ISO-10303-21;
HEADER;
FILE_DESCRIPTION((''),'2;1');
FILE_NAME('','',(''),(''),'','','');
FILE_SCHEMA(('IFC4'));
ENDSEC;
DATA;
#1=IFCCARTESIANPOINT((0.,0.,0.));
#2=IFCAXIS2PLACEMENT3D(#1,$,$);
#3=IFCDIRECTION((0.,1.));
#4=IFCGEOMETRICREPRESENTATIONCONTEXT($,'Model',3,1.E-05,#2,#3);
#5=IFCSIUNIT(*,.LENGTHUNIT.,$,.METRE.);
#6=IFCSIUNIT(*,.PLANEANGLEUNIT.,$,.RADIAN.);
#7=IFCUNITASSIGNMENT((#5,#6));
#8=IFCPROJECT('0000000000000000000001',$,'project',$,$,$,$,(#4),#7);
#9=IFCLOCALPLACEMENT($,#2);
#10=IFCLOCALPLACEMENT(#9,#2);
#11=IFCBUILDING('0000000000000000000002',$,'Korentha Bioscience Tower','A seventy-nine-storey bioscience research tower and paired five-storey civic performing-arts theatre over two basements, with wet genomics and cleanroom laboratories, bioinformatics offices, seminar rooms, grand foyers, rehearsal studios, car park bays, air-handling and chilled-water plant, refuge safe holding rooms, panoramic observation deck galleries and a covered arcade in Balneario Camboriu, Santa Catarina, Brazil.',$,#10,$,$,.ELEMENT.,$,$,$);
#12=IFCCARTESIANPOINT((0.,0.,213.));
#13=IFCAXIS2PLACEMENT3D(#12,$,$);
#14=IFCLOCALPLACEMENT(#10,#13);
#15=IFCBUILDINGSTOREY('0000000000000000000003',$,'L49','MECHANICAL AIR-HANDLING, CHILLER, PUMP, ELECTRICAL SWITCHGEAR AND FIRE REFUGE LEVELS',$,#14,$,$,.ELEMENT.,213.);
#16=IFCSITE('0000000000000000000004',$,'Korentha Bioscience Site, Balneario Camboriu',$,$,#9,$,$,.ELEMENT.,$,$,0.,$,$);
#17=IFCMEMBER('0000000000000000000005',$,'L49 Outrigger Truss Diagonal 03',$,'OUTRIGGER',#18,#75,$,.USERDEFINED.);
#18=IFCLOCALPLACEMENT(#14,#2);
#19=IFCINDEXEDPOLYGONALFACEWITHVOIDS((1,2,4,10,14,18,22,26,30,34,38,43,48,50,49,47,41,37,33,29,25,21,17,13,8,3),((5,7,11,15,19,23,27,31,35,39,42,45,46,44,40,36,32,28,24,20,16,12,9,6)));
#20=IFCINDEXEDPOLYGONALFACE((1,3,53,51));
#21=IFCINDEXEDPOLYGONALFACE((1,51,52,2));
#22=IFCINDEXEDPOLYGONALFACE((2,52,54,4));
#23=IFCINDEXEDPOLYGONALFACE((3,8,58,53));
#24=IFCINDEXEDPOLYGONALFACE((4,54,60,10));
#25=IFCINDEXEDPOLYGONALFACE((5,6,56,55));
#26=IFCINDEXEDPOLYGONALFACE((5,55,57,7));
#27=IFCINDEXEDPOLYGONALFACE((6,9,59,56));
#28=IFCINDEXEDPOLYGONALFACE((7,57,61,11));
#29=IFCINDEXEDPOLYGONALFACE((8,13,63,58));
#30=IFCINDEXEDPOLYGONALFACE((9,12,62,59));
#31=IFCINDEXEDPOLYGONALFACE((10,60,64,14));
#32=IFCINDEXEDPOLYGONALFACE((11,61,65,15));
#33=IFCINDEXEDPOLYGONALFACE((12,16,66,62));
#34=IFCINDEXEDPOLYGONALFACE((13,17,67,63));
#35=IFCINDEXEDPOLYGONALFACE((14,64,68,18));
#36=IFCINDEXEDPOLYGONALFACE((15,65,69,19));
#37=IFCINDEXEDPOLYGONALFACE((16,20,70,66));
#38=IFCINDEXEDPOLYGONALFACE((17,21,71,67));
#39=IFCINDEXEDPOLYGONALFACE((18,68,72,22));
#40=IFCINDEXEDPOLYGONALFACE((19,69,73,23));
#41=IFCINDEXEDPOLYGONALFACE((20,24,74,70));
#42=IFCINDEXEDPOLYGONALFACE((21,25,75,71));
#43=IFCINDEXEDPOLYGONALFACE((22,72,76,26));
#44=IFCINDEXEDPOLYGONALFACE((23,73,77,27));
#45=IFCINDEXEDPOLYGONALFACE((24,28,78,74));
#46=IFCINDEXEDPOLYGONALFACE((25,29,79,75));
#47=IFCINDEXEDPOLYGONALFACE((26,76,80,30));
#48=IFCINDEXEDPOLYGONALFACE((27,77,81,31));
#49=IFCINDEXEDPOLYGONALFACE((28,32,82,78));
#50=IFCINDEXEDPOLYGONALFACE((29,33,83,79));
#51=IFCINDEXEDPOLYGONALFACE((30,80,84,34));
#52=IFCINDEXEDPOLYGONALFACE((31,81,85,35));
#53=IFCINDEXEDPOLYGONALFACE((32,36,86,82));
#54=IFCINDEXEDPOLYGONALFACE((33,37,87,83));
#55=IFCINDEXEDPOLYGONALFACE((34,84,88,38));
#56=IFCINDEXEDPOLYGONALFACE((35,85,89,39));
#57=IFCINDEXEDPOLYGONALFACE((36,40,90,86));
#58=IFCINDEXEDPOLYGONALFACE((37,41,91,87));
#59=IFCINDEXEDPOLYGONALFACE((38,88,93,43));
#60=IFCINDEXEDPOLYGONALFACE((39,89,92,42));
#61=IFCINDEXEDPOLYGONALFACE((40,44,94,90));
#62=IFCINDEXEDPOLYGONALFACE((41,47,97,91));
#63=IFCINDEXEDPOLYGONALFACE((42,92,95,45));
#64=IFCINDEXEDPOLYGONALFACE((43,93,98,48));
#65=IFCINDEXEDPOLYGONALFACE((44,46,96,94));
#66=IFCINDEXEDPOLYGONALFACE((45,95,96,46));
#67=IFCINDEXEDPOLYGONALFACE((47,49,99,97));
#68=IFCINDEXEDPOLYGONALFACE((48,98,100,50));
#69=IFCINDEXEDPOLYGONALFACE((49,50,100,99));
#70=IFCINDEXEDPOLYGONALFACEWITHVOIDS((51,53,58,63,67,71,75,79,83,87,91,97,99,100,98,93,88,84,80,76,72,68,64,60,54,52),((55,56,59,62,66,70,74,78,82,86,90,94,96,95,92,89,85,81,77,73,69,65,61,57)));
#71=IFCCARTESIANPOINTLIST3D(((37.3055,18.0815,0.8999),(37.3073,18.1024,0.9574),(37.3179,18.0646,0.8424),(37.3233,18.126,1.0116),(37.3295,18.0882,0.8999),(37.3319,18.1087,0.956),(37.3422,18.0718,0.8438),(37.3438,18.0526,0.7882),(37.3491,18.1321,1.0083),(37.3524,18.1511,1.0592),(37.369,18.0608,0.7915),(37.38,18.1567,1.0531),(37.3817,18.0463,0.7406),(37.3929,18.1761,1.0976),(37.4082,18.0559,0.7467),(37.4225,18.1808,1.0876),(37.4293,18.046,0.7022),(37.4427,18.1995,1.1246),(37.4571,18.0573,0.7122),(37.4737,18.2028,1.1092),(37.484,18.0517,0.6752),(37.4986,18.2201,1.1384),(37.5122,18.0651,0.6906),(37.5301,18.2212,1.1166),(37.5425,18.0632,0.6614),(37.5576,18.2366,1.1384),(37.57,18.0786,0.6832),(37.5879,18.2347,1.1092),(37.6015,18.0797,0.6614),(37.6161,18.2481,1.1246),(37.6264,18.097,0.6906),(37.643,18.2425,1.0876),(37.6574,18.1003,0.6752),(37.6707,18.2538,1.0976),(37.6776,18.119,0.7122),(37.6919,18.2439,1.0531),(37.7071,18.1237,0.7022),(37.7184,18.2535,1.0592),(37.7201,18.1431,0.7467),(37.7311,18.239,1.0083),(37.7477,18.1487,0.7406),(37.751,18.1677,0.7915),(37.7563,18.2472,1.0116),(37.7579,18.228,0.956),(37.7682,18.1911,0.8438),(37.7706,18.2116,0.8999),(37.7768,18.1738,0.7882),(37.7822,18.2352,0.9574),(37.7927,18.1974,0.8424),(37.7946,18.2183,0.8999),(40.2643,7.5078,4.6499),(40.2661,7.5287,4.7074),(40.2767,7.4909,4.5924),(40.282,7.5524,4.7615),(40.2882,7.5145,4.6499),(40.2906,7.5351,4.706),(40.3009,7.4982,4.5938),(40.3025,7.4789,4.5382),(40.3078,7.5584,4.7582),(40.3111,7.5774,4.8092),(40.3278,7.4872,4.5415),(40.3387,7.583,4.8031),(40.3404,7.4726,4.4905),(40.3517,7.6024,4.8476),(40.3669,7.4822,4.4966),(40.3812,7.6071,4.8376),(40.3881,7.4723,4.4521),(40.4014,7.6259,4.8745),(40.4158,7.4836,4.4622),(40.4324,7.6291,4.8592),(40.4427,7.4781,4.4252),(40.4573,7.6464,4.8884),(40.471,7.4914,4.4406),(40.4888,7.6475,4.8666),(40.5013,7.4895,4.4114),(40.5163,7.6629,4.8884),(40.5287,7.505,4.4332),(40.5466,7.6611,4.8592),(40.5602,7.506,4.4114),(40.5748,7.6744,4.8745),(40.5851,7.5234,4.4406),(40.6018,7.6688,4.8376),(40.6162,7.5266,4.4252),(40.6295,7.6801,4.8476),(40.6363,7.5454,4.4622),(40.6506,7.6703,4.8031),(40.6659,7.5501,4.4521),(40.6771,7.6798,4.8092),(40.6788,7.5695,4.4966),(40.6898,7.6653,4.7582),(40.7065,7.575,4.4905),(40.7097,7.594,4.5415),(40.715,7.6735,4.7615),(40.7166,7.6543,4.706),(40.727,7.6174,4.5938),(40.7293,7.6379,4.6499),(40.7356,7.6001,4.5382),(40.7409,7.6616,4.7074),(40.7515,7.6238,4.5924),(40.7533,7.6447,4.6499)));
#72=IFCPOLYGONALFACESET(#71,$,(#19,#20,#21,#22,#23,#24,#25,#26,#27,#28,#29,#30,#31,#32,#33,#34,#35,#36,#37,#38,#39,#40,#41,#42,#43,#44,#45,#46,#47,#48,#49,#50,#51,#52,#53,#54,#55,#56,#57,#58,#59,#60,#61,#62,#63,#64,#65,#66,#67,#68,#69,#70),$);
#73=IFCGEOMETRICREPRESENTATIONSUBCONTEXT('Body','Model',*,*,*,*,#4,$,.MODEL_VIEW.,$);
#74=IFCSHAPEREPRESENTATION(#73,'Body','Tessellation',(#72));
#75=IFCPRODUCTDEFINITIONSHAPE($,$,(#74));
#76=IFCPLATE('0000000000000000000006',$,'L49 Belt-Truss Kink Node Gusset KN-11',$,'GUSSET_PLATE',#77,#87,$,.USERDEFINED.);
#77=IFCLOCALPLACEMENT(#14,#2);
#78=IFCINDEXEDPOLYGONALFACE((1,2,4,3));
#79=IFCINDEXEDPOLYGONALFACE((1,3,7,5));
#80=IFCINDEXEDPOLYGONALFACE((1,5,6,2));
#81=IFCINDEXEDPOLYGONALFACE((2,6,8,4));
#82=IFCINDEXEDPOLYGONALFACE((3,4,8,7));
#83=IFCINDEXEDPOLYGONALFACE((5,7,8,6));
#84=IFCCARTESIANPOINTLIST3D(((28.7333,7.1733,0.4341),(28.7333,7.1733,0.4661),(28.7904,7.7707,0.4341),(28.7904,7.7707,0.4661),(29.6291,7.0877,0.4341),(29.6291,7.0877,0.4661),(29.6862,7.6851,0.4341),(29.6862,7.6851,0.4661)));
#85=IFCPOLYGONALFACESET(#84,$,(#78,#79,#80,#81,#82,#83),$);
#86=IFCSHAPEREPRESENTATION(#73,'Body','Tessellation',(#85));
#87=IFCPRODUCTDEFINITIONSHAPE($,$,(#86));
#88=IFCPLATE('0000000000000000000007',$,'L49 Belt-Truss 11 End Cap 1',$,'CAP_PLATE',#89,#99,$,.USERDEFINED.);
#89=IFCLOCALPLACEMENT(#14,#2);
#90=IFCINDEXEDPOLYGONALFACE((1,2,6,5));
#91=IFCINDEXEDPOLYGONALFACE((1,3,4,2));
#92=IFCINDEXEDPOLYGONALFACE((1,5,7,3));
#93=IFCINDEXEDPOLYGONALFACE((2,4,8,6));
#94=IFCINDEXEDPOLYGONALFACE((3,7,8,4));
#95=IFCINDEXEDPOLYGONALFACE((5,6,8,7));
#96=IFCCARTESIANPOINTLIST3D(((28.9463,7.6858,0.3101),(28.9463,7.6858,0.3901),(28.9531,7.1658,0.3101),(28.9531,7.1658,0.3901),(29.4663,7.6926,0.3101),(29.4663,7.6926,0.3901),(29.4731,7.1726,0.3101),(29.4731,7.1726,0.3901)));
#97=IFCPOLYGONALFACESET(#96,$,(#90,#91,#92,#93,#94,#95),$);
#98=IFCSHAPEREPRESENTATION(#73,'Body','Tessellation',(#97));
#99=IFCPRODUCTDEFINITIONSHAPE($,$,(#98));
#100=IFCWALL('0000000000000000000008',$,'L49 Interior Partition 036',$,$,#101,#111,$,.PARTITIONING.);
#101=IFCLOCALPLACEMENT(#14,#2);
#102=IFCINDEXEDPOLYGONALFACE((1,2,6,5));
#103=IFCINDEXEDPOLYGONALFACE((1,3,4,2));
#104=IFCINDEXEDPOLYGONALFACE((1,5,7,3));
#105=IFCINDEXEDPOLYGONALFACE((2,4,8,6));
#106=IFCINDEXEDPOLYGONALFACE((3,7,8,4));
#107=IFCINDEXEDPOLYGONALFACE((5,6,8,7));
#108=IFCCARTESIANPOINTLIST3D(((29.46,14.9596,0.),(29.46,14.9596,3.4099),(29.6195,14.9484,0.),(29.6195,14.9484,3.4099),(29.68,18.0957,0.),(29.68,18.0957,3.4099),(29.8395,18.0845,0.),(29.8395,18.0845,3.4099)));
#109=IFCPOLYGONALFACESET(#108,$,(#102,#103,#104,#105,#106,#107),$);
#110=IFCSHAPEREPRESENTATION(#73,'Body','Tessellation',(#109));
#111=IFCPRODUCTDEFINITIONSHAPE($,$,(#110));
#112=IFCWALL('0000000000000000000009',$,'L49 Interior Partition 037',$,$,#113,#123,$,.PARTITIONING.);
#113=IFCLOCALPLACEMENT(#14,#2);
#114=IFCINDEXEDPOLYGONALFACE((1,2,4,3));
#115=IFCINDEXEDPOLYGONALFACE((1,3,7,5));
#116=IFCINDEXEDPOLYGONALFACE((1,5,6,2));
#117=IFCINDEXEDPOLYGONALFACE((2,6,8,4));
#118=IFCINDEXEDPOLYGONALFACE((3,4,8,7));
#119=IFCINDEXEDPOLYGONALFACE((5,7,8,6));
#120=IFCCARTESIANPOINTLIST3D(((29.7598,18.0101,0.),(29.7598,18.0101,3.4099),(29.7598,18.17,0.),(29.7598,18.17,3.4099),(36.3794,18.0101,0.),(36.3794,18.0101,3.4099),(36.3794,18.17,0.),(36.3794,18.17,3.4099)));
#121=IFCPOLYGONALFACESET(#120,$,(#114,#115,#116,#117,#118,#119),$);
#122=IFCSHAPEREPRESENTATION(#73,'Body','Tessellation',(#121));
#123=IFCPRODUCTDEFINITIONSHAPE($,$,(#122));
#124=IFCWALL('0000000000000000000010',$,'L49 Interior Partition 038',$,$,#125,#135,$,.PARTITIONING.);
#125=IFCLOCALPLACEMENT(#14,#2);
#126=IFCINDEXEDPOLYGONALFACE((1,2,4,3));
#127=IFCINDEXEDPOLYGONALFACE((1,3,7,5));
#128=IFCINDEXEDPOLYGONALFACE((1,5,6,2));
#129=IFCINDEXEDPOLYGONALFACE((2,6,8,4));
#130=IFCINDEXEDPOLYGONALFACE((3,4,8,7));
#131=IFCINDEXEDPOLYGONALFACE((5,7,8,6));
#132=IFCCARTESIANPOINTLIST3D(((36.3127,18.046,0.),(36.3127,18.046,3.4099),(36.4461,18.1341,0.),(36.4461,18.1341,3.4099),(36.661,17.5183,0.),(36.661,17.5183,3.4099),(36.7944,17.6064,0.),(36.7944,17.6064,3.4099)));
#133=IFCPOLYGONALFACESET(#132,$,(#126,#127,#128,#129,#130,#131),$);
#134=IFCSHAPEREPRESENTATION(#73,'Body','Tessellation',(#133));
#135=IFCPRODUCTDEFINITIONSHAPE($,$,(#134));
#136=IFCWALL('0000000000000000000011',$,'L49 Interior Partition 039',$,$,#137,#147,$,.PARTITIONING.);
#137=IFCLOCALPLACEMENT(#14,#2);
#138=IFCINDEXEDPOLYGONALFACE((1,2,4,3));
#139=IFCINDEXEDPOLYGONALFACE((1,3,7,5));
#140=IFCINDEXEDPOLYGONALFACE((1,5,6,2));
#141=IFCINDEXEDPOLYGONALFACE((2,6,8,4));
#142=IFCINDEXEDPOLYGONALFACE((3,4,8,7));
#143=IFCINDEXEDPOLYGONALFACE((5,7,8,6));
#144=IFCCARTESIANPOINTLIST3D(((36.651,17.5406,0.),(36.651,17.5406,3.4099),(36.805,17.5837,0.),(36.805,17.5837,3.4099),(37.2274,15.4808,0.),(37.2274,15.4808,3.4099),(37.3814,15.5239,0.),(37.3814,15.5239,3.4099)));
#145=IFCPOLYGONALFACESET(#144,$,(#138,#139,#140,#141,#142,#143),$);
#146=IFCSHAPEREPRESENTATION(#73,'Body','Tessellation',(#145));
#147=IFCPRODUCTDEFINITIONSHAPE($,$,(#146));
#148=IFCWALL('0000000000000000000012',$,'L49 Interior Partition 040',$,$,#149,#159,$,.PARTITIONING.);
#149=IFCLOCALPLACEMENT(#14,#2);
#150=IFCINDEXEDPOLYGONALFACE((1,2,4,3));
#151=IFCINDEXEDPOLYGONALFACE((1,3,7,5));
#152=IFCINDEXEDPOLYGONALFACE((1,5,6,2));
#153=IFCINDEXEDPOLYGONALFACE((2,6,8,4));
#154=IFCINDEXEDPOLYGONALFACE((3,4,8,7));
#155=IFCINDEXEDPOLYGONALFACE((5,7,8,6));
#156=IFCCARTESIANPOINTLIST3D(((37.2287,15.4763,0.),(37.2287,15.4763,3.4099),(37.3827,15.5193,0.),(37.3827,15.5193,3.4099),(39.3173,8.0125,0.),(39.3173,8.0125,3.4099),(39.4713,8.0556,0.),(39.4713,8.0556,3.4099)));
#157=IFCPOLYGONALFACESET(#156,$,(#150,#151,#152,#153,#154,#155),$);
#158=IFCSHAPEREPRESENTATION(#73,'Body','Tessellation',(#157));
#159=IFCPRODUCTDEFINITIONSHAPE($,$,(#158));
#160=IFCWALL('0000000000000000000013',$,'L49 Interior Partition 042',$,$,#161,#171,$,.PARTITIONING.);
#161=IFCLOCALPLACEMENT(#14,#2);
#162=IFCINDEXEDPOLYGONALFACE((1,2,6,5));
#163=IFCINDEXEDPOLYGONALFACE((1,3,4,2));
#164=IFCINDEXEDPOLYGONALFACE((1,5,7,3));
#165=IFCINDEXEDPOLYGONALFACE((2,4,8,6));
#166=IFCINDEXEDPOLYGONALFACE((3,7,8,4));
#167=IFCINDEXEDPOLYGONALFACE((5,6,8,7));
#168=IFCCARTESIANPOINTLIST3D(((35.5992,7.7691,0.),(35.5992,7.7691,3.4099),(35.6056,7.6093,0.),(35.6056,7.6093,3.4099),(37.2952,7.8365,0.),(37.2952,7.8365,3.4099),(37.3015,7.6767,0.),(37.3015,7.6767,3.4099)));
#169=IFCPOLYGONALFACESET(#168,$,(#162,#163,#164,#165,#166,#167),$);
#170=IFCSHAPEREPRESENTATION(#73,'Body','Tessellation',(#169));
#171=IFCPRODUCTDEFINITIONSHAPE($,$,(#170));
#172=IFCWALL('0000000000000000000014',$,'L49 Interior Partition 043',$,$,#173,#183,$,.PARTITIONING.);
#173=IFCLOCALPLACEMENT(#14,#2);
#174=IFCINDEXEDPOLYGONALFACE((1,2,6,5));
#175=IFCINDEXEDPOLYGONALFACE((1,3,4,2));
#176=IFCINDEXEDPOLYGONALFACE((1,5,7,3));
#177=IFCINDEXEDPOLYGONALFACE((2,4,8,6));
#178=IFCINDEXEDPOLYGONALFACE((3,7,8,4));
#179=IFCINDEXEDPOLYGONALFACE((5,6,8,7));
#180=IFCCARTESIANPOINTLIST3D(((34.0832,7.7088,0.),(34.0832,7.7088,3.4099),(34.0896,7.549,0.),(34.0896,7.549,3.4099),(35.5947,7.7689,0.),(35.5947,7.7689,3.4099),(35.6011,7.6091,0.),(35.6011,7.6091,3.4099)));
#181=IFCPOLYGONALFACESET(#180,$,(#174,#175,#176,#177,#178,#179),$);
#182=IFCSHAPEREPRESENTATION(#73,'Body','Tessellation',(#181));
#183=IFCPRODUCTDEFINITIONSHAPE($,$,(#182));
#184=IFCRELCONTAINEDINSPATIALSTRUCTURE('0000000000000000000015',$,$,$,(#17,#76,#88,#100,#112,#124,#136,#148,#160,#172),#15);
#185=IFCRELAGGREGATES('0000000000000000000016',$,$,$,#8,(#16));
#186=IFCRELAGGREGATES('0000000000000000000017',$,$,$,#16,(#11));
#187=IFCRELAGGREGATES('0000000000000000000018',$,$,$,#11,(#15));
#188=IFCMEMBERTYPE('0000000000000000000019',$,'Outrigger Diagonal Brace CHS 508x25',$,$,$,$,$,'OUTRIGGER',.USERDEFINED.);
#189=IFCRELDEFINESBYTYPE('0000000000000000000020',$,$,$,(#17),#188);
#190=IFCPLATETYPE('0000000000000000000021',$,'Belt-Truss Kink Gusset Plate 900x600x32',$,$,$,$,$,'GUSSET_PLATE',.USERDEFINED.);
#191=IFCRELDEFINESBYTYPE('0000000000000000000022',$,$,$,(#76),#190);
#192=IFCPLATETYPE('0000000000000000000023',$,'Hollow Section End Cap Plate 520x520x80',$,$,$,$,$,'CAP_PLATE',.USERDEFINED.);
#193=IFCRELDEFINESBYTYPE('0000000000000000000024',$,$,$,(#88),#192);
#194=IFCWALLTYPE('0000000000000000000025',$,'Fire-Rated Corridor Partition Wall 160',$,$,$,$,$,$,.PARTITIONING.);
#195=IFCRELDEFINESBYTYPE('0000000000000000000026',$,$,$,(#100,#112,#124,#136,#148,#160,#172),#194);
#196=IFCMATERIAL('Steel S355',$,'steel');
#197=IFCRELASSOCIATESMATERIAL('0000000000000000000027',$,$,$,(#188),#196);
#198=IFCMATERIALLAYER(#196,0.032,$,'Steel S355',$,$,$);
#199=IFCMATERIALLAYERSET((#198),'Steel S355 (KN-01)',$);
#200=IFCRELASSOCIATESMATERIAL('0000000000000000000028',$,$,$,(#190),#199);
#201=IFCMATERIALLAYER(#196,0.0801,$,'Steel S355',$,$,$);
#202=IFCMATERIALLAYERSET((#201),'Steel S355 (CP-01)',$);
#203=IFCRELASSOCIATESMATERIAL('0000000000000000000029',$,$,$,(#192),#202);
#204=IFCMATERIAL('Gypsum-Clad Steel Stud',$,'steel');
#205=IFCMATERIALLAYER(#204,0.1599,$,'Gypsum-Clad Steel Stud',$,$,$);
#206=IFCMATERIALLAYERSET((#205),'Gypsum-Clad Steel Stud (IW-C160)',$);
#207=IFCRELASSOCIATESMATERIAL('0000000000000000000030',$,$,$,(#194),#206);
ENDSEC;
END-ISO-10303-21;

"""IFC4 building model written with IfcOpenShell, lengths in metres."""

from ifc_helpers import new_model, si_unit, direction, frame, frame_2d, origin, origin_2d, place, context, subcontext, project, spatial, rectangle, hollow_circle, extrude, material, layer, layer_set, material_profile, profile_set, type_object, element, save


model = new_model("IFC4")

# Units and contexts
model_context = context("Model", 3, precision=1e-05, world=origin(), true_north=direction((0.0, 1.0)))
body_context = subcontext(model_context, "Body", "Model", "MODEL_VIEW")
ifc_project = project(units=[si_unit("LENGTHUNIT", "METRE"), si_unit("PLANEANGLEUNIT", "RADIAN")], contexts=[model_context])

# Site, building, storey
site_placement = place(None, origin())
site = spatial("IfcSite", under=ifc_project, at=site_placement, Name="Korentha Bioscience Site, Balneario Camboriu", CompositionType="ELEMENT", RefElevation=0.0)
building_placement = place(site_placement, origin())
building = spatial("IfcBuilding", under=site, at=building_placement, Name="Korentha Bioscience Tower", Description="A seventy-nine-storey bioscience research tower and paired five-storey civic performing-arts theatre over two basements, with wet genomics and cleanroom laboratories, bioinformatics offices, seminar rooms, grand foyers, rehearsal studios, car park bays, air-handling and chilled-water plant, refuge safe holding rooms, panoramic observation deck galleries and a covered arcade in Balneario Camboriu, Santa Catarina, Brazil.", CompositionType="ELEMENT")
storey_placement = place(building_placement, frame((0.0, 0.0, 213.0)))
storey = spatial("IfcBuildingStorey", under=building, at=storey_placement, Name="L49", Description="MECHANICAL AIR-HANDLING, CHILLER, PUMP, ELECTRICAL SWITCHGEAR AND FIRE REFUGE LEVELS", CompositionType="ELEMENT", Elevation=213.0)

# Shared definitions
ifc_material_1 = material(Name="Steel S355", Category="steel")

# Member
ifc_material_profile_1 = material_profile(ifc_material_1, hollow_circle(Radius=0.2539, WallThickness=0.0249, at=origin_2d()), Name="Steel S355")
ifc_profile_set_1 = profile_set([ifc_material_profile_1], Name="Steel S355 (OU-508)")
member_type = type_object("IfcMemberType", Name="Outrigger Diagonal Brace CHS 508x25", ElementType="OUTRIGGER", PredefinedType="USERDEFINED", material=ifc_profile_set_1)
member_placement = place(storey_placement, frame((37.55, 18.1499, 0.8999), z_axis=(0.255007, -0.911324, 0.323203), x_axis=(0.963009, 0.269469, 0.0)))
element("IfcMember", 1, at=member_placement, inside=storey, type_object=member_type, Name="L49 Outrigger Truss Diagonal 03", ObjectType="OUTRIGGER", PredefinedType="USERDEFINED", context=body_context, shape_type="SweptSolid", body=[
    extrude(hollow_circle(Radius=0.2539, WallThickness=0.0249, at=origin_2d()), origin(), (0.0, 0.0, 1.0), 11.6025),
])

# Plates
ifc_layer_1 = layer(ifc_material_1, 0.032, Name="Steel S355")
ifc_layer_set_1 = layer_set([ifc_layer_1], Name="Steel S355 (KN-01)")
plate_type_1 = type_object("IfcPlateType", Name="Belt-Truss Kink Gusset Plate 900x600x32", ElementType="GUSSET_PLATE", PredefinedType="USERDEFINED", material=ifc_layer_set_1)
plate_1_placement = place(storey_placement, frame((29.2097, 7.4292, 0.4341), z_axis=(0.0, 0.0, 1.0), x_axis=(-0.995463, 0.095151, 0.0)))
element("IfcPlate", 2, at=plate_1_placement, inside=storey, type_object=plate_type_1, Name="L49 Belt-Truss Kink Node Gusset KN-11", ObjectType="GUSSET_PLATE", PredefinedType="USERDEFINED", context=body_context, shape_type="SweptSolid", body=[
    extrude(rectangle(XDim=0.8999, YDim=0.6001, at=origin_2d()), origin(), (0.0, 0.0, 1.0), 0.032),
])
ifc_layer_2 = layer(ifc_material_1, 0.0801, Name="Steel S355")
ifc_layer_set_2 = layer_set([ifc_layer_2], Name="Steel S355 (CP-01)")
plate_type_2 = type_object("IfcPlateType", Name="Hollow Section End Cap Plate 520x520x80", ElementType="CAP_PLATE", PredefinedType="USERDEFINED", material=ifc_layer_set_2)
plate_2_placement = place(storey_placement, frame((29.2097, 7.4292, 0.3101), z_axis=(0.0, 0.0, 1.0), x_axis=(0.999914, 0.01309, 0.0)))
element("IfcPlate", 3, at=plate_2_placement, inside=storey, type_object=plate_type_2, Name="L49 Belt-Truss 11 End Cap 1", ObjectType="CAP_PLATE", PredefinedType="USERDEFINED", context=body_context, shape_type="SweptSolid", body=[
    extrude(rectangle(XDim=0.52, YDim=0.52, at=origin_2d()), origin(), (0.0, 0.0, 1.0), 0.0801),
])

# Walls
ifc_material_2 = material(Name="Gypsum-Clad Steel Stud", Category="steel")
ifc_layer_3 = layer(ifc_material_2, 0.1599, Name="Gypsum-Clad Steel Stud")
ifc_layer_set_3 = layer_set([ifc_layer_3], Name="Gypsum-Clad Steel Stud (IW-C160)")
wall_type_1 = type_object("IfcWallType", Name="Fire-Rated Corridor Partition Wall 160", PredefinedType="PARTITIONING", material=ifc_layer_set_3)
wall_1_placement = place(storey_placement, frame((29.5398, 14.9541, 0.0), z_axis=(0.0, 0.0, 1.0), x_axis=(0.069972, 0.997549, 0.0)))
element("IfcWall", 4, at=wall_1_placement, inside=storey, type_object=wall_type_1, Name="L49 Interior Partition 036", PredefinedType="PARTITIONING", context=body_context, shape_type="SweptSolid", body=[
    extrude(rectangle(XDim=3.1438, YDim=0.1599, at=frame_2d((1.5718, 0.0))), origin(), (0.0, 0.0, 1.0), 3.4099),
])
wall_2_placement = place(storey_placement, frame((29.7598, 18.0901, 0.0), z_axis=(0.0, 0.0, 1.0), x_axis=(1.0, 0.0, 0.0)))
element("IfcWall", 5, at=wall_2_placement, inside=storey, type_object=wall_type_1, Name="L49 Interior Partition 037", PredefinedType="PARTITIONING", context=body_context, shape_type="SweptSolid", body=[
    extrude(rectangle(XDim=6.6196, YDim=0.1599, at=frame_2d((3.3098, 0.0))), origin(), (0.0, 0.0, 1.0), 3.4099),
])
wall_3_placement = place(storey_placement, frame((36.3794, 18.0901, 0.0), z_axis=(0.0, 0.0, 1.0), x_axis=(0.550864, -0.834595, 0.0)))
element("IfcWall", 6, at=wall_3_placement, inside=storey, type_object=wall_type_1, Name="L49 Interior Partition 038", PredefinedType="PARTITIONING", context=body_context, shape_type="SweptSolid", body=[
    extrude(rectangle(XDim=0.6323, YDim=0.1599, at=frame_2d((0.3162, 0.0))), origin(), (0.0, 0.0, 1.0), 3.4099),
])
wall_4_placement = place(storey_placement, frame((36.728, 17.562, 0.0), z_axis=(0.0, 0.0, 1.0), x_axis=(0.269486, -0.963004, 0.0)))
element("IfcWall", 7, at=wall_4_placement, inside=storey, type_object=wall_type_1, Name="L49 Interior Partition 039", PredefinedType="PARTITIONING", context=body_context, shape_type="SweptSolid", body=[
    extrude(rectangle(XDim=2.1389, YDim=0.1599, at=frame_2d((1.0693, 0.0))), origin(), (0.0, 0.0, 1.0), 3.4099),
])
wall_5_placement = place(storey_placement, frame((37.3057, 15.4978, 0.0), z_axis=(0.0, 0.0, 1.0), x_axis=(0.269479, -0.963006, 0.0)))
element("IfcWall", 8, at=wall_5_placement, inside=storey, type_object=wall_type_1, Name="L49 Interior Partition 040", PredefinedType="PARTITIONING", context=body_context, shape_type="SweptSolid", body=[
    extrude(rectangle(XDim=7.7505, YDim=0.1599, at=frame_2d((3.8752, 0.0))), origin(), (0.0, 0.0, 1.0), 3.4099),
])
wall_6_placement = place(storey_placement, frame((37.2983, 7.7566, 0.0), z_axis=(0.0, 0.0, 1.0), x_axis=(-0.999212, -0.039698, 0.0)))
element("IfcWall", 9, at=wall_6_placement, inside=storey, type_object=wall_type_1, Name="L49 Interior Partition 042", PredefinedType="PARTITIONING", context=body_context, shape_type="SweptSolid", body=[
    extrude(rectangle(XDim=1.6973, YDim=0.1599, at=frame_2d((0.8486, 0.0))), origin(), (0.0, 0.0, 1.0), 3.4099),
])
wall_7_placement = place(storey_placement, frame((35.5979, 7.689, 0.0), z_axis=(0.0, 0.0, 1.0), x_axis=(-0.999211, -0.039704, 0.0)))
element("IfcWall", 10, at=wall_7_placement, inside=storey, type_object=wall_type_1, Name="L49 Interior Partition 043", PredefinedType="PARTITIONING", context=body_context, shape_type="SweptSolid", body=[
    extrude(rectangle(XDim=1.5127, YDim=0.1599, at=frame_2d((0.7563, 0.0))), origin(), (0.0, 0.0, 1.0), 3.4099),
])

save(model, "model.ifc")
